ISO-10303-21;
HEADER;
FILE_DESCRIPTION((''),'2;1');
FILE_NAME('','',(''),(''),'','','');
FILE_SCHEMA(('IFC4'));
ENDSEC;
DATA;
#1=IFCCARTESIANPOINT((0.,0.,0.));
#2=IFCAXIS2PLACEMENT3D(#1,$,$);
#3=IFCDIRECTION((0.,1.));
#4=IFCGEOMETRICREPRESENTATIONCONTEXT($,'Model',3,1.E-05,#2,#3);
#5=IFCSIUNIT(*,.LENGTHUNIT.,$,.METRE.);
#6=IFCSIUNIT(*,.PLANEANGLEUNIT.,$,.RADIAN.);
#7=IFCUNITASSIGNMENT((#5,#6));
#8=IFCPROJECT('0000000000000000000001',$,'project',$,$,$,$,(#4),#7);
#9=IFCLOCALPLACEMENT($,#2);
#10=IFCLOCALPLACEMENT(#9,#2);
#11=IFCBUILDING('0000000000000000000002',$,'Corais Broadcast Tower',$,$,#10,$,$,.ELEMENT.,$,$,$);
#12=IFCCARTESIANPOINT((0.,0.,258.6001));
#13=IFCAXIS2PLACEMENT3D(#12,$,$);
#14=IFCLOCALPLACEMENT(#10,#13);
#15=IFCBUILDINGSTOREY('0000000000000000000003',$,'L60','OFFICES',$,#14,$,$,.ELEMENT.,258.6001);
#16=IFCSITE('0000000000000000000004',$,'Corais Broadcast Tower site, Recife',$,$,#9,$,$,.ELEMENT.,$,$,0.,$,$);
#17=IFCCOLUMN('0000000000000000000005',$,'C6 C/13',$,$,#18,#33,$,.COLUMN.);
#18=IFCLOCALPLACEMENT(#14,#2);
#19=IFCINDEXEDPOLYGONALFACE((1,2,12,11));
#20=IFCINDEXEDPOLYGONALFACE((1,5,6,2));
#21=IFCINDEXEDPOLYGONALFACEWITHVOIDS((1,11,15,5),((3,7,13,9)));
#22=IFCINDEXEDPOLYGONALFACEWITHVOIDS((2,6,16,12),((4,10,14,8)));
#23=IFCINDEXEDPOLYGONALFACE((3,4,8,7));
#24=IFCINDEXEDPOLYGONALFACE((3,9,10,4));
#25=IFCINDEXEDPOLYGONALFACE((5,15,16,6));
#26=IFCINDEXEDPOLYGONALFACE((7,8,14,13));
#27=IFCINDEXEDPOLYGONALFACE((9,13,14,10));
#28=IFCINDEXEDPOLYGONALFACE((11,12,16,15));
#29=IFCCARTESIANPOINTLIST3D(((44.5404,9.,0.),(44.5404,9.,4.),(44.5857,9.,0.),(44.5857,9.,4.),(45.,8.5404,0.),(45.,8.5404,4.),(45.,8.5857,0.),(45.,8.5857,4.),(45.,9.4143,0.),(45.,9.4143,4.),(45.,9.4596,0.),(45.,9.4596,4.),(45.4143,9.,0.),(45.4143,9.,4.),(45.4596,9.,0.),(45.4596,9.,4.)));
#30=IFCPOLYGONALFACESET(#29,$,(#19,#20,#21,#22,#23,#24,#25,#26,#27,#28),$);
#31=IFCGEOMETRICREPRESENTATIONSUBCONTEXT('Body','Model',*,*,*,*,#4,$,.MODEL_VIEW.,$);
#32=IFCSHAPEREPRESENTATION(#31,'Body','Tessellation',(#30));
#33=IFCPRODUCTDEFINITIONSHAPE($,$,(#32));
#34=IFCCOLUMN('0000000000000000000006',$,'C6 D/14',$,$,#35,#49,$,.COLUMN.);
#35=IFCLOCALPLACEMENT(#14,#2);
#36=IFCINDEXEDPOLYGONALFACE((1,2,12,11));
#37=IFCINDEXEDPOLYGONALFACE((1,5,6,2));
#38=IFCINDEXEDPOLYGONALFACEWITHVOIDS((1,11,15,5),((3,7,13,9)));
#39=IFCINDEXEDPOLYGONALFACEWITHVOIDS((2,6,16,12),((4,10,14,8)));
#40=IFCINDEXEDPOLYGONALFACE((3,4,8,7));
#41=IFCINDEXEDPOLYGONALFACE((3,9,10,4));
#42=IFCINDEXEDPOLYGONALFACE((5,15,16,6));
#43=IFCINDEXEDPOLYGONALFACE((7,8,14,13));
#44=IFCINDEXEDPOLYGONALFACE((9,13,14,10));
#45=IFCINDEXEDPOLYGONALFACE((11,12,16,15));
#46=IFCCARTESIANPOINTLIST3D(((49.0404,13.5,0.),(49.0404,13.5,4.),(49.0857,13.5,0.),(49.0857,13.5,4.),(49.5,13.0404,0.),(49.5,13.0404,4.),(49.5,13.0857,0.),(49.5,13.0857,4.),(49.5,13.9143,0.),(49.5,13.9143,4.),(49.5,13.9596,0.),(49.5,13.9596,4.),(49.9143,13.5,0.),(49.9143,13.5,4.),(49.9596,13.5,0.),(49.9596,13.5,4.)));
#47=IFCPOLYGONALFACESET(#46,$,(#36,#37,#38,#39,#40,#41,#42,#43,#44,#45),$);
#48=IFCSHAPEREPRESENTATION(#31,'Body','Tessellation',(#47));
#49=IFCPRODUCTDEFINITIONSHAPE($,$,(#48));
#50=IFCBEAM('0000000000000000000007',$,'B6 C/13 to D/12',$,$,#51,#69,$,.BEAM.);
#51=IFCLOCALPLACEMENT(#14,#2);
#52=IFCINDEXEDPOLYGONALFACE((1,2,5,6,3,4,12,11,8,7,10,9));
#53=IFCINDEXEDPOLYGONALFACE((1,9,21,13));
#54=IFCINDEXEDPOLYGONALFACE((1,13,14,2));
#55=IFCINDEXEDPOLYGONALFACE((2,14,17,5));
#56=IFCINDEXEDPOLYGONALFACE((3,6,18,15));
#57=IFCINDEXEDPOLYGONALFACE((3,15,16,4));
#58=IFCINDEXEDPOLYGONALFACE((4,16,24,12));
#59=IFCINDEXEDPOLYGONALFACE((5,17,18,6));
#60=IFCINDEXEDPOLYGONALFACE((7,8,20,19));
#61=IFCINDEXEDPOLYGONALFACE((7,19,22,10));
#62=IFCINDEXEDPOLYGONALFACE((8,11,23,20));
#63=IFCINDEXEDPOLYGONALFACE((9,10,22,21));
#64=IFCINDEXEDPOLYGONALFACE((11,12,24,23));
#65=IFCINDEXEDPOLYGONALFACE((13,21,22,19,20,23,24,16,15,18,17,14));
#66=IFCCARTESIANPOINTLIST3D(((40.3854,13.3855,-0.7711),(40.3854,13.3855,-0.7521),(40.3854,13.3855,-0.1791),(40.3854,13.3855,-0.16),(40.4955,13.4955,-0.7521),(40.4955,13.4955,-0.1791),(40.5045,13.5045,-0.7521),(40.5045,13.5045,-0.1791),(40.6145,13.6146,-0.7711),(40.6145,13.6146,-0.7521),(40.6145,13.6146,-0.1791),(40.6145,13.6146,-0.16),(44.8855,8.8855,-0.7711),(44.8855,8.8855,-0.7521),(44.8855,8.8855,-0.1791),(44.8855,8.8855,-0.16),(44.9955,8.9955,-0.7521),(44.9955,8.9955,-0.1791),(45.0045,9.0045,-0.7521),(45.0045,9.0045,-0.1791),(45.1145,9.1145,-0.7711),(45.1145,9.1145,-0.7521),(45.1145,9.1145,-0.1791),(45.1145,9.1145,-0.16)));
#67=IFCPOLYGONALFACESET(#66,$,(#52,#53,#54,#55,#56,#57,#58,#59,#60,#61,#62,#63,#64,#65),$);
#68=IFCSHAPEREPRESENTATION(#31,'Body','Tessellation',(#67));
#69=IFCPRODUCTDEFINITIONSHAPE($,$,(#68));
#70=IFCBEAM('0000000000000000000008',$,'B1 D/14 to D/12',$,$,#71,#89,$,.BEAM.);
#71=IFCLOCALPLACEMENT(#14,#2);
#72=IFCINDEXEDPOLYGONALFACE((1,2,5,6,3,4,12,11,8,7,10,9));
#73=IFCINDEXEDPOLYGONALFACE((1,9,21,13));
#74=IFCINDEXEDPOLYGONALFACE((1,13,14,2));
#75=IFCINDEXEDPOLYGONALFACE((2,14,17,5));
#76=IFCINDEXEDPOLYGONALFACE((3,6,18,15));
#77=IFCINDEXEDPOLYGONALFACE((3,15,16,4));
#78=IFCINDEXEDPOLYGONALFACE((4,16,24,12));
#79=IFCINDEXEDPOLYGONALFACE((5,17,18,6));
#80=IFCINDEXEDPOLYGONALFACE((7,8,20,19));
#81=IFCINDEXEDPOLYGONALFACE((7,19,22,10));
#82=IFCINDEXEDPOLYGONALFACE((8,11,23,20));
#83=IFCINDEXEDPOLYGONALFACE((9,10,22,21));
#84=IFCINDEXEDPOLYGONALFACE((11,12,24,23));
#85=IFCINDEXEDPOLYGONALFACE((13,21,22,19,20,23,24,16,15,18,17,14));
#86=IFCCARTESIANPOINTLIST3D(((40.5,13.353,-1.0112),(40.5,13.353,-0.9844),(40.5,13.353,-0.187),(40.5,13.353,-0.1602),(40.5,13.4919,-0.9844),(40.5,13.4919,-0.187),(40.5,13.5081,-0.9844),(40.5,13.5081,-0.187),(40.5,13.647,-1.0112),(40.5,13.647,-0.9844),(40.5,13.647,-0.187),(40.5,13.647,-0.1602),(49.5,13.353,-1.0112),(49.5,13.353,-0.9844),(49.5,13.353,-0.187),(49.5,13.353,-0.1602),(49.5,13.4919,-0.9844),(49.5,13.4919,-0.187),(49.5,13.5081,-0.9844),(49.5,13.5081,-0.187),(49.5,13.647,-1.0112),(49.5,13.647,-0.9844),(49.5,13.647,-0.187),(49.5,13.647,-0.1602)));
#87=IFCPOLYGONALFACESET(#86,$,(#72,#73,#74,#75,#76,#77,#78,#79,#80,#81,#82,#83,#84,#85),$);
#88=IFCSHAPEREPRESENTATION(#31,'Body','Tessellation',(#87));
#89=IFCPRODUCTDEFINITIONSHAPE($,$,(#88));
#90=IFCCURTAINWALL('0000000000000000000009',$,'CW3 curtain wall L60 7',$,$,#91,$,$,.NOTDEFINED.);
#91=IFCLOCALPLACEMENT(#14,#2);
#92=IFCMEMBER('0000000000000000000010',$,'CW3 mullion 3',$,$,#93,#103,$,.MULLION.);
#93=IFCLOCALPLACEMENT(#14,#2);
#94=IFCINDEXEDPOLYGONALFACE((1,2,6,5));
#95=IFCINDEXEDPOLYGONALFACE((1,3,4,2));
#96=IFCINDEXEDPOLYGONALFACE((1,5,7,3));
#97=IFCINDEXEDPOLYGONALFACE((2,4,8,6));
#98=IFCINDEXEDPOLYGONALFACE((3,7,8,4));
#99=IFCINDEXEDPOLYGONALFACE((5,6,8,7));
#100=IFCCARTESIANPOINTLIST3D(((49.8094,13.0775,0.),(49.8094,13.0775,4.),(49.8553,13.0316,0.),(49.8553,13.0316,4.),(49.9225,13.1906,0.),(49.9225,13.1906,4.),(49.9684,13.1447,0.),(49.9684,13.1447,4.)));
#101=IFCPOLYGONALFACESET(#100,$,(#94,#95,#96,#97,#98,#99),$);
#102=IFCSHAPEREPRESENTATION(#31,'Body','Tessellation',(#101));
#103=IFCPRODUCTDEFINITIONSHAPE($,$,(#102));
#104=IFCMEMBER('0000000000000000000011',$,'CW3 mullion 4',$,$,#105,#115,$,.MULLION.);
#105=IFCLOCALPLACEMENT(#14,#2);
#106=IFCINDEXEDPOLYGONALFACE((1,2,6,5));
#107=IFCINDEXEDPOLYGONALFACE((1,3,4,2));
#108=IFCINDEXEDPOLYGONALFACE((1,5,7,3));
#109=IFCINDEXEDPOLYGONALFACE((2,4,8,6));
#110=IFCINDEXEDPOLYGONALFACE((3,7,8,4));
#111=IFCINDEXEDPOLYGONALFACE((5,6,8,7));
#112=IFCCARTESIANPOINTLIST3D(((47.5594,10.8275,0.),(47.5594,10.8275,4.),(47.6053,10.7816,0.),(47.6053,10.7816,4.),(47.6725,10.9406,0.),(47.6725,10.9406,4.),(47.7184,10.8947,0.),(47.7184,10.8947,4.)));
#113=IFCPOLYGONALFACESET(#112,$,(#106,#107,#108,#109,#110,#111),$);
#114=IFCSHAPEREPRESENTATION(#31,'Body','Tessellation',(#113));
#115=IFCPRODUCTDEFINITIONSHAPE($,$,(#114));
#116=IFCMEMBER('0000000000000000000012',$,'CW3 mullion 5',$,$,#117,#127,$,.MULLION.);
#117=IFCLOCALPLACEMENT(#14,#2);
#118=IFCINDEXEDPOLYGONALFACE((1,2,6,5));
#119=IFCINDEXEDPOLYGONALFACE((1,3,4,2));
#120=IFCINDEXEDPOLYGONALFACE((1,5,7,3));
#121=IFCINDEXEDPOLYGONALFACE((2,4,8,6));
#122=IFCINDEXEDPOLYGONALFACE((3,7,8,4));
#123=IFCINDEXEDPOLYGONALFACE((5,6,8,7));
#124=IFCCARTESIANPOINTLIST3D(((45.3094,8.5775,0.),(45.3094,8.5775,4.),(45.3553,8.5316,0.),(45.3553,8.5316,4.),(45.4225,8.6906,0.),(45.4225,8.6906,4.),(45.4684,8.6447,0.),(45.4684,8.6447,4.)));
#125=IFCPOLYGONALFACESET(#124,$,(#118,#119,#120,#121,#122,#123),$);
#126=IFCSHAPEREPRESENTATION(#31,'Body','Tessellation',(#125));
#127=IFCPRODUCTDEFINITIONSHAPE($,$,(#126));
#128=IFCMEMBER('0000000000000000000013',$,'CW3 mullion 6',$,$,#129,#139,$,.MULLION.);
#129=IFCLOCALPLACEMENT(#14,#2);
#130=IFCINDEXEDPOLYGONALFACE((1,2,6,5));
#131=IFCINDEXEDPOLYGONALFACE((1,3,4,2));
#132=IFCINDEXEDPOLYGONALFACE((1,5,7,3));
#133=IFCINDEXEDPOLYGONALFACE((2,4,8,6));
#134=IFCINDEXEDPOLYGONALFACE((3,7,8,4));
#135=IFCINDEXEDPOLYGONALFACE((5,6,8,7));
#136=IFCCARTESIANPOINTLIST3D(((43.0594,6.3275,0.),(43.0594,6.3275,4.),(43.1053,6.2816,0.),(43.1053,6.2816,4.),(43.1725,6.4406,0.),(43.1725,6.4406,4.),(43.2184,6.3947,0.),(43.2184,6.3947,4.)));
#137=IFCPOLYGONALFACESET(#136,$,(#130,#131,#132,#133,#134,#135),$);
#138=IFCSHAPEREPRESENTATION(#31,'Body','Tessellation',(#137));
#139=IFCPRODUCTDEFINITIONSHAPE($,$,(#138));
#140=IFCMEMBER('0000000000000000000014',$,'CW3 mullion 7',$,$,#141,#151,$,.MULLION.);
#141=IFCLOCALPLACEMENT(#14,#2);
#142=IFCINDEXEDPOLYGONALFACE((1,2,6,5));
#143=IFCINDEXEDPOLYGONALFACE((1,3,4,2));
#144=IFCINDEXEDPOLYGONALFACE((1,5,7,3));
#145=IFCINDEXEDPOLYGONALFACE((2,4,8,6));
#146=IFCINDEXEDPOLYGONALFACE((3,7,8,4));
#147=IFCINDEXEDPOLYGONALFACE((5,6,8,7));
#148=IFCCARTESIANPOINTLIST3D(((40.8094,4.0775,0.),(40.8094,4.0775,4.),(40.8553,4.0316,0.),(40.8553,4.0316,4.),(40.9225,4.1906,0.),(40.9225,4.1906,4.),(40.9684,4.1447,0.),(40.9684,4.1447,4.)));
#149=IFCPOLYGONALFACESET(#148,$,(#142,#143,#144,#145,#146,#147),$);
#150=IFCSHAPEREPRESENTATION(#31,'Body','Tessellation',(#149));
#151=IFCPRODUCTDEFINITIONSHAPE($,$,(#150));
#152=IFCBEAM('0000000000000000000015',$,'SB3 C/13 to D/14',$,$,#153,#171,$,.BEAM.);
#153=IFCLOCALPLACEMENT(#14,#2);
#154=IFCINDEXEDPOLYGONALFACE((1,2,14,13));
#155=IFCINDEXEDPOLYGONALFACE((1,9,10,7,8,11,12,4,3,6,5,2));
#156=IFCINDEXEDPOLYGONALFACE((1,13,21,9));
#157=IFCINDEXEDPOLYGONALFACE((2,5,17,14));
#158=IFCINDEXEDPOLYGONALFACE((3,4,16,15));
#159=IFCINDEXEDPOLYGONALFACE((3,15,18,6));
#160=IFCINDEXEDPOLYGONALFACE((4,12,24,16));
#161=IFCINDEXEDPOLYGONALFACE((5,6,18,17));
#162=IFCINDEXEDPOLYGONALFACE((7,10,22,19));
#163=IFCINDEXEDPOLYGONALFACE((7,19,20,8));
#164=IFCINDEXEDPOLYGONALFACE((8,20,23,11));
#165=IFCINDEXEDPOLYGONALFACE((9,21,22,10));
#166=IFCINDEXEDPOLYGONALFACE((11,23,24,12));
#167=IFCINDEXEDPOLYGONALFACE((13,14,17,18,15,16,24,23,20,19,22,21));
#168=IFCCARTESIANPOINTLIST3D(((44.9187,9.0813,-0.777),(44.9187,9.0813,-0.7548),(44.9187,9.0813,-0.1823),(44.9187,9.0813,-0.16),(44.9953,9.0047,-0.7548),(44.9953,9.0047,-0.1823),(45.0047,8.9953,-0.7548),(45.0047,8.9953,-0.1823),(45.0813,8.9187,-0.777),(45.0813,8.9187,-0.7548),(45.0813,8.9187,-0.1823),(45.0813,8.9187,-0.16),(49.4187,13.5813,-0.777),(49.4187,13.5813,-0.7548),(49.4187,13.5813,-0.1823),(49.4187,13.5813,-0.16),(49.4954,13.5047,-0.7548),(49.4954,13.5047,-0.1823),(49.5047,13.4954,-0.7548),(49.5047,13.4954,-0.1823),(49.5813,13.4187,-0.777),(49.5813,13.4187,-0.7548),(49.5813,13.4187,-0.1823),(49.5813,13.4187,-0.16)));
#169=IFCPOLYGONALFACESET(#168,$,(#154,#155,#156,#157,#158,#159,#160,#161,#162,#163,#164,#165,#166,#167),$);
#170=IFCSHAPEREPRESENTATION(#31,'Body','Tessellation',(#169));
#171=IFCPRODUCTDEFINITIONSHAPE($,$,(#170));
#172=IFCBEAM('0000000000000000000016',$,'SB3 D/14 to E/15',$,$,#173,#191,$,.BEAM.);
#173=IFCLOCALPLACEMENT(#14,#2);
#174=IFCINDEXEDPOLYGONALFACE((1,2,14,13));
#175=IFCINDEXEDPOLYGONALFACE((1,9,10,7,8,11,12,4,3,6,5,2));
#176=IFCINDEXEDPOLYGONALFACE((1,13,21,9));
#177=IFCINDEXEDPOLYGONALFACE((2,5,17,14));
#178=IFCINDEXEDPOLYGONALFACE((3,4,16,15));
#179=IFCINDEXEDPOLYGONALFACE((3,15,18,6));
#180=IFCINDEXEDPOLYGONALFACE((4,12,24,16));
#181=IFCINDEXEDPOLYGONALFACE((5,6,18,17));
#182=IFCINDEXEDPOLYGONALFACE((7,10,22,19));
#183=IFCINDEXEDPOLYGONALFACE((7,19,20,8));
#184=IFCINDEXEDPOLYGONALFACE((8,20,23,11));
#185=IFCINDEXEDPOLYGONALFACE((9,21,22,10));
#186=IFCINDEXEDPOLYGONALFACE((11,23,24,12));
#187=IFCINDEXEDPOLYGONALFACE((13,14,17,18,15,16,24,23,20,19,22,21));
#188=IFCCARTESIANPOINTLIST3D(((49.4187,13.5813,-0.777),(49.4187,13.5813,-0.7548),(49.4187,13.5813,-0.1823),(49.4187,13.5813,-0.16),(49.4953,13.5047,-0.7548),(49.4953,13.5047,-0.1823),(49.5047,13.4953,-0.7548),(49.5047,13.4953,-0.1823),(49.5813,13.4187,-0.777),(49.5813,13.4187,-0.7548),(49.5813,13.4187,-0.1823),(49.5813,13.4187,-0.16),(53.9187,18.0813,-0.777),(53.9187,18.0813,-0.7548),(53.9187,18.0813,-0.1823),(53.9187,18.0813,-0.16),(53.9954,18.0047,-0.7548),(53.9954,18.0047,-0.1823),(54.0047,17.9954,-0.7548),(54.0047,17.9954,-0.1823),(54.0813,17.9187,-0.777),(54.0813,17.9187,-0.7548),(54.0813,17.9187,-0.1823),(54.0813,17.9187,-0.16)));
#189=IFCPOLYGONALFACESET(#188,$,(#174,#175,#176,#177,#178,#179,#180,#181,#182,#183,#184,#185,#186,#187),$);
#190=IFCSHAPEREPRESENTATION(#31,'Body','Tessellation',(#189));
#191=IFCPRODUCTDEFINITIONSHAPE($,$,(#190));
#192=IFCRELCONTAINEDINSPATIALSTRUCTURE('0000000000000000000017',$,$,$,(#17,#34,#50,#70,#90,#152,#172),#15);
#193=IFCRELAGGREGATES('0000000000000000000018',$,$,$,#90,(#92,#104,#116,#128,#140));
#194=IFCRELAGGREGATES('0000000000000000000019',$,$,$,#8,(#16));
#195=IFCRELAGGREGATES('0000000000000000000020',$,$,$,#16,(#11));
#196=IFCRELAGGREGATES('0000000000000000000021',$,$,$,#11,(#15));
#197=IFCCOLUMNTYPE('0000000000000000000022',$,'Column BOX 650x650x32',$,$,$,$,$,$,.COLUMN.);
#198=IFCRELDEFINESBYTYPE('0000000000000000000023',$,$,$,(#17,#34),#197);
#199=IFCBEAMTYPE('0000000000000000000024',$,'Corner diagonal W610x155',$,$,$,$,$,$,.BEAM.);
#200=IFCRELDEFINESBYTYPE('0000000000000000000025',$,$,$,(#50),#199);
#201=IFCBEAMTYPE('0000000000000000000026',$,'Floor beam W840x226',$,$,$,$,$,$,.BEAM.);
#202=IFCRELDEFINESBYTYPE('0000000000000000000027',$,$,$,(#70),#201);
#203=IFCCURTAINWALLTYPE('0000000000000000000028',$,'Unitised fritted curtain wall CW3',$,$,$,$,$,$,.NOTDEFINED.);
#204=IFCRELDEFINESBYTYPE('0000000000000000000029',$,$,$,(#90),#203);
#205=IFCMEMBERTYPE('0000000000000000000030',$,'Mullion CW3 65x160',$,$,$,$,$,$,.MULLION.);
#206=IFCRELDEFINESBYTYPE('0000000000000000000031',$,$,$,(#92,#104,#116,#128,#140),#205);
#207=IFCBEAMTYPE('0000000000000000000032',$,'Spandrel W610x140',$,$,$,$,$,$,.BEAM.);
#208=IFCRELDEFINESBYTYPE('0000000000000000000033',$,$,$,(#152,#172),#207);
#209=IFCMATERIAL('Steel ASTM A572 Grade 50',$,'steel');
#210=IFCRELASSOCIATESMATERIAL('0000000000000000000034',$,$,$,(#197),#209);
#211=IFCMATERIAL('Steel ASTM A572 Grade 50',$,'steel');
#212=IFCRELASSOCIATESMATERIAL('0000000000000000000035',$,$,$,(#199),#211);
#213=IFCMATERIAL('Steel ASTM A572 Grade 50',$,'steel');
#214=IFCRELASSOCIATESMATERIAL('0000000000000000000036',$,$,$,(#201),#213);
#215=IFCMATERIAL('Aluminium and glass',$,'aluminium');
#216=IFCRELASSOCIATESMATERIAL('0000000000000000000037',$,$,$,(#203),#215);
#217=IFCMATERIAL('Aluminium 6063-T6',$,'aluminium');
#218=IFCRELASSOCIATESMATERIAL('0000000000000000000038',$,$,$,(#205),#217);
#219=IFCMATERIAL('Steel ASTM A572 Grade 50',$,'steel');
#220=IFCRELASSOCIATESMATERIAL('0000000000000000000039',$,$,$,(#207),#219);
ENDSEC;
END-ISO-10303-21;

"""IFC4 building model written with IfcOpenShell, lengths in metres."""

from ifc_helpers import new_model, si_unit, direction, frame, origin, origin_2d, place, context, subcontext, project, spatial, rectangle, hollow_rectangle, i_section, extrude, material, material_profile, profile_set, type_object, element, aggregate, save


model = new_model("IFC4")

# Units and contexts
model_context = context("Model", 3, precision=1e-05, world=origin(), true_north=direction((0.0, 1.0)))
body_context = subcontext(model_context, "Body", "Model", "MODEL_VIEW")
ifc_project = project(units=[si_unit("LENGTHUNIT", "METRE"), si_unit("PLANEANGLEUNIT", "RADIAN")], contexts=[model_context])

# Site, building, storey
site_placement = place(None, origin())
site = spatial("IfcSite", under=ifc_project, at=site_placement, Name="Corais Broadcast Tower site, Recife", CompositionType="ELEMENT", RefElevation=0.0)
building_placement = place(site_placement, origin())
building = spatial("IfcBuilding", under=site, at=building_placement, Name="Corais Broadcast Tower", CompositionType="ELEMENT")
storey_placement = place(building_placement, frame((0.0, 0.0, 258.6001)))
storey = spatial("IfcBuildingStorey", under=building, at=storey_placement, Name="L60", Description="OFFICES", CompositionType="ELEMENT", Elevation=258.6001)

# Columns
ifc_material_1 = material(Name="Steel ASTM A572 Grade 50", Category="steel")
ifc_material_profile_1 = material_profile(ifc_material_1, hollow_rectangle(XDim=0.6499, YDim=0.6499, WallThickness=0.032, at=origin_2d()), Name="BOX 650x650x32")
ifc_profile_set_1 = profile_set([ifc_material_profile_1], Name="Steel ASTM A572 Grade 50")
column_type = type_object("IfcColumnType", Name="Column BOX 650x650x32", PredefinedType="COLUMN", material=ifc_profile_set_1)
for number, where, z_axis, x_axis, name in (
    (1, (45.0, 9.0, 0.0), (0.0, 0.0, 1.0), (0.707107, 0.707107, 0.0), "C6 C/13"),
    (2, (49.5, 13.5, 0.0), (0.0, 0.0, 1.0), (0.707107, 0.707107, 0.0), "C6 D/14"),
):
    element("IfcColumn", number, at=place(storey_placement, frame(where, z_axis=z_axis, x_axis=x_axis)), inside=storey, type_object=column_type, Name=name, PredefinedType="COLUMN", context=body_context, shape_type="SweptSolid", body=[
        extrude(hollow_rectangle(XDim=0.6499, YDim=0.6499, WallThickness=0.032, at=origin_2d()), origin(), (0.0, 0.0, 1.0), 4.0),
    ])

# Beams
ifc_material_2 = material(Name="Steel ASTM A572 Grade 50", Category="steel")
ifc_material_profile_2 = material_profile(ifc_material_2, i_section(OverallWidth=0.324, OverallDepth=0.6111, WebThickness=0.0127, FlangeThickness=0.019, at=origin_2d()), Name="W610x155")
ifc_profile_set_2 = profile_set([ifc_material_profile_2], Name="Steel ASTM A572 Grade 50")
beam_type_1 = type_object("IfcBeamType", Name="Corner diagonal W610x155", PredefinedType="BEAM", material=ifc_profile_set_2)
beam_1_placement = place(storey_placement, frame((45.0, 9.0, -0.4656), z_axis=(-0.707107, 0.707107, 0.0), x_axis=(-0.707107, -0.707107, 0.0)))
element("IfcBeam", 3, at=beam_1_placement, inside=storey, type_object=beam_type_1, Name="B6 C/13 to D/12", PredefinedType="BEAM", context=body_context, shape_type="SweptSolid", body=[
    extrude(i_section(OverallWidth=0.324, OverallDepth=0.6111, WebThickness=0.0127, FlangeThickness=0.019, at=origin_2d()), origin(), (0.0, 0.0, 1.0), 6.364),
])
ifc_material_3 = material(Name="Steel ASTM A572 Grade 50", Category="steel")
ifc_material_profile_3 = material_profile(ifc_material_3, i_section(OverallWidth=0.2939, OverallDepth=0.8511, WebThickness=0.0161, FlangeThickness=0.0269, at=origin_2d()), Name="W840x226")
ifc_profile_set_3 = profile_set([ifc_material_profile_3], Name="Steel ASTM A572 Grade 50")
beam_type_2 = type_object("IfcBeamType", Name="Floor beam W840x226", PredefinedType="BEAM", material=ifc_profile_set_3)
beam_2_placement = place(storey_placement, frame((49.5, 13.5, -0.5857), z_axis=(-1.0, 0.0, 0.0), x_axis=(0.0, -1.0, 0.0)))
element("IfcBeam", 4, at=beam_2_placement, inside=storey, type_object=beam_type_2, Name="B1 D/14 to D/12", PredefinedType="BEAM", context=body_context, shape_type="SweptSolid", body=[
    extrude(i_section(OverallWidth=0.2939, OverallDepth=0.8511, WebThickness=0.0161, FlangeThickness=0.0269, at=origin_2d()), origin(), (0.0, 0.0, 1.0), 9.0),
])

# Curtain wall, members
ifc_material_4 = material(Name="Aluminium and glass", Category="aluminium")
curtain_wall_type = type_object("IfcCurtainWallType", Name="Unitised fritted curtain wall CW3", PredefinedType="NOTDEFINED", material=ifc_material_4)
curtain_wall_placement = place(storey_placement, origin())
curtain_wall = element("IfcCurtainWall", 5, at=curtain_wall_placement, inside=storey, type_object=curtain_wall_type, Name="CW3 curtain wall L60 7", PredefinedType="NOTDEFINED")
ifc_material_5 = material(Name="Aluminium 6063-T6", Category="aluminium")
ifc_material_profile_4 = material_profile(ifc_material_5, rectangle(XDim=0.0649, YDim=0.1599, at=origin_2d()), Name="Mullion CW3 65x160")
ifc_profile_set_4 = profile_set([ifc_material_profile_4], Name="Aluminium 6063-T6")
member_type_1 = type_object("IfcMemberType", Name="Mullion CW3 65x160", PredefinedType="MULLION", material=ifc_profile_set_4)
member_1_placement = place(storey_placement, frame((49.8889, 13.1111, 0.0), z_axis=(0.0, 0.0, 1.0), x_axis=(0.707107, -0.707107, 0.0)))
member_1 = element("IfcMember", 6, at=member_1_placement, type_object=member_type_1, Name="CW3 mullion 3", PredefinedType="MULLION", context=body_context, shape_type="SweptSolid", body=[
    extrude(rectangle(XDim=0.0649, YDim=0.1599, at=origin_2d()), origin(), (0.0, 0.0, 1.0), 4.0),
])
member_2_placement = place(storey_placement, frame((47.6389, 10.8611, 0.0), z_axis=(0.0, 0.0, 1.0), x_axis=(0.707107, -0.707107, 0.0)))
member_2 = element("IfcMember", 7, at=member_2_placement, type_object=member_type_1, Name="CW3 mullion 4", PredefinedType="MULLION", context=body_context, shape_type="SweptSolid", body=[
    extrude(rectangle(XDim=0.0649, YDim=0.1599, at=origin_2d()), origin(), (0.0, 0.0, 1.0), 4.0),
])
member_3_placement = place(storey_placement, frame((45.3889, 8.6111, 0.0), z_axis=(0.0, 0.0, 1.0), x_axis=(0.707107, -0.707107, 0.0)))
member_3 = element("IfcMember", 8, at=member_3_placement, type_object=member_type_1, Name="CW3 mullion 5", PredefinedType="MULLION", context=body_context, shape_type="SweptSolid", body=[
    extrude(rectangle(XDim=0.0649, YDim=0.1599, at=origin_2d()), origin(), (0.0, 0.0, 1.0), 4.0),
])
member_4_placement = place(storey_placement, frame((43.1389, 6.3611, 0.0), z_axis=(0.0, 0.0, 1.0), x_axis=(0.707107, -0.707107, 0.0)))
member_4 = element("IfcMember", 9, at=member_4_placement, type_object=member_type_1, Name="CW3 mullion 6", PredefinedType="MULLION", context=body_context, shape_type="SweptSolid", body=[
    extrude(rectangle(XDim=0.0649, YDim=0.1599, at=origin_2d()), origin(), (0.0, 0.0, 1.0), 4.0),
])
member_5_placement = place(storey_placement, frame((40.8889, 4.1111, 0.0), z_axis=(0.0, 0.0, 1.0), x_axis=(0.707107, -0.707107, 0.0)))
member_5 = element("IfcMember", 10, at=member_5_placement, type_object=member_type_1, Name="CW3 mullion 7", PredefinedType="MULLION", context=body_context, shape_type="SweptSolid", body=[
    extrude(rectangle(XDim=0.0649, YDim=0.1599, at=origin_2d()), origin(), (0.0, 0.0, 1.0), 4.0),
])

# Beams
ifc_material_6 = material(Name="Steel ASTM A572 Grade 50", Category="steel")
ifc_material_profile_5 = material_profile(ifc_material_6, i_section(OverallWidth=0.23, OverallDepth=0.6169, WebThickness=0.0132, FlangeThickness=0.0222, at=origin_2d()), Name="W610x140")
ifc_profile_set_5 = profile_set([ifc_material_profile_5], Name="Steel ASTM A572 Grade 50")
beam_type_3 = type_object("IfcBeamType", Name="Spandrel W610x140", PredefinedType="BEAM", material=ifc_profile_set_5)
for number, where, z_axis, x_axis, name in (
    (11, (45.0, 9.0, -0.4685), (0.707107, 0.707107, 0.0), (-0.707107, 0.707107, 0.0), "SB3 C/13 to D/14"),
    (12, (49.5, 13.5, -0.4685), (0.707107, 0.707107, 0.0), (-0.707107, 0.707107, 0.0), "SB3 D/14 to E/15"),
):
    element("IfcBeam", number, at=place(storey_placement, frame(where, z_axis=z_axis, x_axis=x_axis)), inside=storey, type_object=beam_type_3, Name=name, PredefinedType="BEAM", context=body_context, shape_type="SweptSolid", body=[
        extrude(i_section(OverallWidth=0.23, OverallDepth=0.6169, WebThickness=0.0132, FlangeThickness=0.0222, at=origin_2d()), origin(), (0.0, 0.0, 1.0), 6.364),
    ])

aggregate(curtain_wall, [member_1, member_2, member_3, member_4, member_5])

save(model, "model.ifc")
